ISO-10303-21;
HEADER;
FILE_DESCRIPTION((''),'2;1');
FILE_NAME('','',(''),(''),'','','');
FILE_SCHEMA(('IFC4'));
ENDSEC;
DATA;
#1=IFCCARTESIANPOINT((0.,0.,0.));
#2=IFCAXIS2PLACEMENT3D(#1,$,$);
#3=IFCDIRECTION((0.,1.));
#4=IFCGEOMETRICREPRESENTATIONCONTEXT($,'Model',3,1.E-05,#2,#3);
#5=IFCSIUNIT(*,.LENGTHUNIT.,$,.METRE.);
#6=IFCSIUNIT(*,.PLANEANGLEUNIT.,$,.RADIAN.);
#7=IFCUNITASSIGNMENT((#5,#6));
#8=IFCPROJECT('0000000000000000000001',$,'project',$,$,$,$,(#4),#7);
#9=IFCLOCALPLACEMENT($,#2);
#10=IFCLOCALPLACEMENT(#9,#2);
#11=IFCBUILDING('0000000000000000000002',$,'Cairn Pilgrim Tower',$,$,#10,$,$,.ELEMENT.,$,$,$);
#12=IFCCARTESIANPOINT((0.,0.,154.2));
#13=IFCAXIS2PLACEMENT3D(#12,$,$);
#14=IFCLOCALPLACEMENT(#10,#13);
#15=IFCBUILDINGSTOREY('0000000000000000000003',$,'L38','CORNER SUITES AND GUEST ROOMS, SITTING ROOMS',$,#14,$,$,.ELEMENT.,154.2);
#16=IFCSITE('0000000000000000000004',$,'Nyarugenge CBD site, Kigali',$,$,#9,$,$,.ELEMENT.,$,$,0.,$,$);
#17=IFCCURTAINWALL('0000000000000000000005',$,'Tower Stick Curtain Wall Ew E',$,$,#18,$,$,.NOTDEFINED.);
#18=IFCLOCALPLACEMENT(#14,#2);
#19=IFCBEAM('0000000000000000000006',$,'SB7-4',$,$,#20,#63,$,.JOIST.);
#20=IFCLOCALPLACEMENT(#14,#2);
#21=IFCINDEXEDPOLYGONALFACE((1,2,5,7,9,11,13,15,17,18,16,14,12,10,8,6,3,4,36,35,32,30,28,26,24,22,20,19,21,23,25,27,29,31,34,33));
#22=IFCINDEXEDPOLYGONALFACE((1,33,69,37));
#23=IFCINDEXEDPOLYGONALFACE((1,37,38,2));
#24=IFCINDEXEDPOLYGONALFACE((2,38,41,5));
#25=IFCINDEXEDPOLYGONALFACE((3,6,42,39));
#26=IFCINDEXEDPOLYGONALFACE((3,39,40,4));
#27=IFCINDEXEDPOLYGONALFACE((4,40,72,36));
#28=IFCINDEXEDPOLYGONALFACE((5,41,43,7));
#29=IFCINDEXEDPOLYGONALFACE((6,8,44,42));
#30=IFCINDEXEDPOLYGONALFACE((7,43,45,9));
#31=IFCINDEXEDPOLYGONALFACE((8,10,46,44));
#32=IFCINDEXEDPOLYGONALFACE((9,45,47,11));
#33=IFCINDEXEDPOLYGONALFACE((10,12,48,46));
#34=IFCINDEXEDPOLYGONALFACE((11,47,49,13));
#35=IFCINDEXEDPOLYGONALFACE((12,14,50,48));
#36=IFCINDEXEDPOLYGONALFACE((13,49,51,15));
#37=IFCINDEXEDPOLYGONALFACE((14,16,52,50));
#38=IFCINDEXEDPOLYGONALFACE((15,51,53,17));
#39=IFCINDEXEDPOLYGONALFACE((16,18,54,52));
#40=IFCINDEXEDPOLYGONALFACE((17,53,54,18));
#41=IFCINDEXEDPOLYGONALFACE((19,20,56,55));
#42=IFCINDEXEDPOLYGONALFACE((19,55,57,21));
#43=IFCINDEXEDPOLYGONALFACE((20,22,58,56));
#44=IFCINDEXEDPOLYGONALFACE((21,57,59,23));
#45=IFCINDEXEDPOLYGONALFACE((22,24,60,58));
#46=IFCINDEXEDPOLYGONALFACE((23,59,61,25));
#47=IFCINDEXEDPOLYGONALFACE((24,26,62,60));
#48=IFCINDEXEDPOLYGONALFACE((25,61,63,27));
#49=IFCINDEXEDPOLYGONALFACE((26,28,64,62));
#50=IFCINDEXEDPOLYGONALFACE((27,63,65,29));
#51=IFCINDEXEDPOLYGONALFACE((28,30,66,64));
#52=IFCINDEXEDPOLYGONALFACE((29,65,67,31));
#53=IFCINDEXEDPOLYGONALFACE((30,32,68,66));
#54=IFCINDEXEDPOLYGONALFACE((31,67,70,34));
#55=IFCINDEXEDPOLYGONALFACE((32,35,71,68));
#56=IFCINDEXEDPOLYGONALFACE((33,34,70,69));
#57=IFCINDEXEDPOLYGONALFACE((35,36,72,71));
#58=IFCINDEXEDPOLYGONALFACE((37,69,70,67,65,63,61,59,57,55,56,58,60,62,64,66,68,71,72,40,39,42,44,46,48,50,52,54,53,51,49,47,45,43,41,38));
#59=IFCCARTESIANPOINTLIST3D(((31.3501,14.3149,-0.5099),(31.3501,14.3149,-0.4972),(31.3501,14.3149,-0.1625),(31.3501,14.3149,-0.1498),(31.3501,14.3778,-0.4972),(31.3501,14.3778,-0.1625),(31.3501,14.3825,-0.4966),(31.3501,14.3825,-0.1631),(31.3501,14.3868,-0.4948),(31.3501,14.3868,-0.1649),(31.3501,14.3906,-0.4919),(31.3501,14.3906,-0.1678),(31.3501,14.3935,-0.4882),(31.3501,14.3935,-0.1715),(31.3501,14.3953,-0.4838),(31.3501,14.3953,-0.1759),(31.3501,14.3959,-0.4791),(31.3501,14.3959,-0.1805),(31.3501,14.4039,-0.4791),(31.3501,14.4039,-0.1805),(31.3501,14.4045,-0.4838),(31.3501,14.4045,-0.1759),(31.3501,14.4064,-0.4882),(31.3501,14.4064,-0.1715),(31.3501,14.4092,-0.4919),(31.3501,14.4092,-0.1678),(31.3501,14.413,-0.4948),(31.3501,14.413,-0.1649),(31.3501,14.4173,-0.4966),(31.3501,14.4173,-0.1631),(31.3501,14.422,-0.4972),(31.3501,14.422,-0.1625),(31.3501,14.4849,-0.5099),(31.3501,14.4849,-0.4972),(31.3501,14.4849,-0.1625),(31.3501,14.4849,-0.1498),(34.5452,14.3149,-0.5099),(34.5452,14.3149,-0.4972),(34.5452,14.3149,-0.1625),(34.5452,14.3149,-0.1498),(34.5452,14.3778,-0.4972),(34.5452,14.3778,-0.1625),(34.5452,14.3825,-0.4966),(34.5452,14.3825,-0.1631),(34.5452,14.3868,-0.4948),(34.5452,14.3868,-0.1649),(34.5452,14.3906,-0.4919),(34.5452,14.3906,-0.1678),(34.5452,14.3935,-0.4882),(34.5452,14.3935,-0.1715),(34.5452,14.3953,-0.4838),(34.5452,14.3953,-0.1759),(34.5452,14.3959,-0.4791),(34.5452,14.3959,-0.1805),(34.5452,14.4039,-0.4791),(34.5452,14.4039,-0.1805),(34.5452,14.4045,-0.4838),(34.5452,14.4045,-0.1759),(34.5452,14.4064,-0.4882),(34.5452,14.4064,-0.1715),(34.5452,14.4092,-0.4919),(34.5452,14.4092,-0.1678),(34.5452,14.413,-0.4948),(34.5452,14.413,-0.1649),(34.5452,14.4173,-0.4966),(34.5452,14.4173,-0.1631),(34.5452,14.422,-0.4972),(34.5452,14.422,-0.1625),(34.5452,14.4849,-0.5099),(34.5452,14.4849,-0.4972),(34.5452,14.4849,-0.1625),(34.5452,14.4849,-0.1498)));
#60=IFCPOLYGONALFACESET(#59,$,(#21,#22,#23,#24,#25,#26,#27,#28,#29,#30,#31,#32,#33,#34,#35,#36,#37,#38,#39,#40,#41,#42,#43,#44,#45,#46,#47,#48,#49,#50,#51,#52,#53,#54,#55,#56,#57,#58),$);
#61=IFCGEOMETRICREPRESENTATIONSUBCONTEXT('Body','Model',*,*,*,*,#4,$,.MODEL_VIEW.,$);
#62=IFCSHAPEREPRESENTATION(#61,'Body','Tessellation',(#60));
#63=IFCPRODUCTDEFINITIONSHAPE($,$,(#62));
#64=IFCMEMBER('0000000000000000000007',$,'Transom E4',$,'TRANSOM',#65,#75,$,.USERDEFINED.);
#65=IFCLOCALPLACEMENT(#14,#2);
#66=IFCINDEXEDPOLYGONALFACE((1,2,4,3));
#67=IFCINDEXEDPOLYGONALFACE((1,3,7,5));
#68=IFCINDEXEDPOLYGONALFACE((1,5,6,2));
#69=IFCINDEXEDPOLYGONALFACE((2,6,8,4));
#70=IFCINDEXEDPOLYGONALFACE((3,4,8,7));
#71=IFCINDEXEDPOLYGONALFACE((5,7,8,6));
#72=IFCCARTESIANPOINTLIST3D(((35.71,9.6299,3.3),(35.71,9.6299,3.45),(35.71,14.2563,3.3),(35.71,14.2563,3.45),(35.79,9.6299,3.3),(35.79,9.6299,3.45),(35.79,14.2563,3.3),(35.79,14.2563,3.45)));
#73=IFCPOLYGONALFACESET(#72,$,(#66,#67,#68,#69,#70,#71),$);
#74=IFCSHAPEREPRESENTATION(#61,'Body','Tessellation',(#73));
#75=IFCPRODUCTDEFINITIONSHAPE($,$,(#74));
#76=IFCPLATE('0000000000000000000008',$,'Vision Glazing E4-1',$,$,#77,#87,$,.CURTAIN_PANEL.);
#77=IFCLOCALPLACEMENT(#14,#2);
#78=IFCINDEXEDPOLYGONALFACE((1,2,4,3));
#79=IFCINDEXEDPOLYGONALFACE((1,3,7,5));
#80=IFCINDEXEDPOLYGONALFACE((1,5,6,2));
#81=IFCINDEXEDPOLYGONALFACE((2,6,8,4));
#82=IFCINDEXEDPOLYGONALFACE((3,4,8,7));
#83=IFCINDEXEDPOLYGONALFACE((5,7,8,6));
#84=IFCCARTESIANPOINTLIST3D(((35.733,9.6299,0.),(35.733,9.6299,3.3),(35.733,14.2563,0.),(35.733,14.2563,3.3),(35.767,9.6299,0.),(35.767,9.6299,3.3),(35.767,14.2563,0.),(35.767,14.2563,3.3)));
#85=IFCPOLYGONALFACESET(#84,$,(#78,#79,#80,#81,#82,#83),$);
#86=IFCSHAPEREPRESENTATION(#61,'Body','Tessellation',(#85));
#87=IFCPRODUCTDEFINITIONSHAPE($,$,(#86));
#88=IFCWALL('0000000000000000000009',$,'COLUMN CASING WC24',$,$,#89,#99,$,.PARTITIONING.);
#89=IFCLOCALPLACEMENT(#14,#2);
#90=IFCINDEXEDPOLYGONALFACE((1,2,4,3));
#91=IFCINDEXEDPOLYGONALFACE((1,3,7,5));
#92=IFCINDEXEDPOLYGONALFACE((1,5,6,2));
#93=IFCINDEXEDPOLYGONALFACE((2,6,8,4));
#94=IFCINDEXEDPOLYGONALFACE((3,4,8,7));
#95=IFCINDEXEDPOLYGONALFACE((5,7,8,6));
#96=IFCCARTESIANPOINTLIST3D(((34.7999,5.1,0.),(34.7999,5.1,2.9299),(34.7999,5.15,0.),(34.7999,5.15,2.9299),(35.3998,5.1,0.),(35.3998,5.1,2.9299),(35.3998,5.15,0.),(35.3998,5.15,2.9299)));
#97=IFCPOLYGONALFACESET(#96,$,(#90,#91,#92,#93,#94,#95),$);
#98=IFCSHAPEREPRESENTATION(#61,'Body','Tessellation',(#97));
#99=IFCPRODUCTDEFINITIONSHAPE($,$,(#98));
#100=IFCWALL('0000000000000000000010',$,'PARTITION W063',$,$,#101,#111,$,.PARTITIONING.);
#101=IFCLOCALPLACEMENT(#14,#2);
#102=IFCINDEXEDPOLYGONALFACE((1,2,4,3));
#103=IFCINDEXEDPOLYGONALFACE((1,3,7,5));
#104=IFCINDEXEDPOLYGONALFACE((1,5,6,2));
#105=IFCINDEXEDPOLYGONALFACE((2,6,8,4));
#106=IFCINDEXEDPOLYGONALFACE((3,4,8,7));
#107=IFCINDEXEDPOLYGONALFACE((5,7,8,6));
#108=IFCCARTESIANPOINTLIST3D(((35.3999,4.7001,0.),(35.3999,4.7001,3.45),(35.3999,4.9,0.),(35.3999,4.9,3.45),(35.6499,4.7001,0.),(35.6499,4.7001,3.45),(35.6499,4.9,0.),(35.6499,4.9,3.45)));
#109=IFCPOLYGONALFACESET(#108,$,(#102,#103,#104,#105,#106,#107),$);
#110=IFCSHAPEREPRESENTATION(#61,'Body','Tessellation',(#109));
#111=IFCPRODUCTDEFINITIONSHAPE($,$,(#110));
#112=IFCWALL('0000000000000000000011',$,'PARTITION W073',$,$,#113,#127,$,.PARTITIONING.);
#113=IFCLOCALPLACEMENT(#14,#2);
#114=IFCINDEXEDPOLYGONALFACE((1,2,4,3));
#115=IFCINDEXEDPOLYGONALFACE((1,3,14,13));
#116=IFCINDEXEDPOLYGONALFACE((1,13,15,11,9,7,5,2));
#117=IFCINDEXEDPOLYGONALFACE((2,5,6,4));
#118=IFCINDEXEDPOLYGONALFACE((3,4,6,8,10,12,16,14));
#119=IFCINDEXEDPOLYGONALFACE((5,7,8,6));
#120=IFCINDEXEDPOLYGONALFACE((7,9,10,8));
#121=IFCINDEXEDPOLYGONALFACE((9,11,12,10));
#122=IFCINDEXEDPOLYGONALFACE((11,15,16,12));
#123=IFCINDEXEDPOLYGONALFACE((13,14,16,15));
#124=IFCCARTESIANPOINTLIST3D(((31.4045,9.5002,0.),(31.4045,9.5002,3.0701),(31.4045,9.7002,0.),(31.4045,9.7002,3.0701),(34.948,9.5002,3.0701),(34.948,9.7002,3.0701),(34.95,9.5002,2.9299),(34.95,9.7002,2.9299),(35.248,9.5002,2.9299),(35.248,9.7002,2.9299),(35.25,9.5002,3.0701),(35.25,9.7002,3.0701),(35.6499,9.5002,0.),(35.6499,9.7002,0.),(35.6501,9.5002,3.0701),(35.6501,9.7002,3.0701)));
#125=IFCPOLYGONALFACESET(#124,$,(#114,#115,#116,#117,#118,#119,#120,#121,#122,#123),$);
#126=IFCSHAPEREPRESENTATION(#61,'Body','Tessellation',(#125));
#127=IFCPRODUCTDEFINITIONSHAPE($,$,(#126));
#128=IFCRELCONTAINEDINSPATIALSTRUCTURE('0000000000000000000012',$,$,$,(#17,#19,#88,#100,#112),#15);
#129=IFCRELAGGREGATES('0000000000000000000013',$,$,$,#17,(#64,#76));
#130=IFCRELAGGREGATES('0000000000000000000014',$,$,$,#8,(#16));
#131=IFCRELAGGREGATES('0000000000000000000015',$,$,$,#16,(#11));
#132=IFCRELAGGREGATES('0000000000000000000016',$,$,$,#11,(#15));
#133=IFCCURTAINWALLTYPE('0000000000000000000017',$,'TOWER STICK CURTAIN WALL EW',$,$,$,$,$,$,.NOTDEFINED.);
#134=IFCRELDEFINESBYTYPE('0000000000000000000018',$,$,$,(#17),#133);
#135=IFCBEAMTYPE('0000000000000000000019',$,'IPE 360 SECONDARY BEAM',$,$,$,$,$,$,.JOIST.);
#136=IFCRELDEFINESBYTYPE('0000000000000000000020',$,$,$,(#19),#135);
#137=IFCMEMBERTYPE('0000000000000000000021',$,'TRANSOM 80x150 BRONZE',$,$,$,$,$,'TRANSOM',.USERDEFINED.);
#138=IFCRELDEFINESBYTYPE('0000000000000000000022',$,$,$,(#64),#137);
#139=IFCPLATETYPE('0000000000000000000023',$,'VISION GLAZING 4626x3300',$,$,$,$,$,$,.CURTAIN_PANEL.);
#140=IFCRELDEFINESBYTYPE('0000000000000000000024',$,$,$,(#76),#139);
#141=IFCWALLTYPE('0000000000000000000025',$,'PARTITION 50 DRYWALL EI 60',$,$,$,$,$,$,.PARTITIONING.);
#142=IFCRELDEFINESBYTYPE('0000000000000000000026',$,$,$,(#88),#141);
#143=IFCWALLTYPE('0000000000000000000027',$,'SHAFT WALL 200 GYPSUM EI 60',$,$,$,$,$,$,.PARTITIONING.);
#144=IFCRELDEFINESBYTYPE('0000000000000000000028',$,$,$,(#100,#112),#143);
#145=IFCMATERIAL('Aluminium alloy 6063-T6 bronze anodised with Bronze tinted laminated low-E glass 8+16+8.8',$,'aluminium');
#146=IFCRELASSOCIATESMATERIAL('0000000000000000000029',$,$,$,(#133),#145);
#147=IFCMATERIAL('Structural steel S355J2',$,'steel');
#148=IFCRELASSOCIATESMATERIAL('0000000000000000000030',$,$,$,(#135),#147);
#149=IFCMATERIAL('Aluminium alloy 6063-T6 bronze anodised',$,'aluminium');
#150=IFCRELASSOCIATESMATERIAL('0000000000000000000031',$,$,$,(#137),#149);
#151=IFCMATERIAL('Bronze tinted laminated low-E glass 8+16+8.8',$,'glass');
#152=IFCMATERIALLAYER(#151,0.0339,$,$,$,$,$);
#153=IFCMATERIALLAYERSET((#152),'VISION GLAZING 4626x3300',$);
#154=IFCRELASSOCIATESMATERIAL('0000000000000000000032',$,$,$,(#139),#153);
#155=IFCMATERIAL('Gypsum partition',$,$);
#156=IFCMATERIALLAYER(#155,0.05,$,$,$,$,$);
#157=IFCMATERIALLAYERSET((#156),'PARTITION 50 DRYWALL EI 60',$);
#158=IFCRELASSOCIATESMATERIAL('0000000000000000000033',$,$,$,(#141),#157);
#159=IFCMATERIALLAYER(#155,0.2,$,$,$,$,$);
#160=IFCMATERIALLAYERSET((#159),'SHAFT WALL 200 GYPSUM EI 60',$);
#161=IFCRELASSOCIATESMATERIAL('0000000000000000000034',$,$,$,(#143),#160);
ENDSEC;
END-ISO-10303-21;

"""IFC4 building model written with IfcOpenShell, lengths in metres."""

from ifc_helpers import new_model, si_unit, direction, frame, frame_2d, origin, origin_2d, place, context, subcontext, project, spatial, polyline, rectangle, i_section, outline, extrude, material, layer, layer_set, material_profile, profile_set, type_object, element, aggregate, save


model = new_model("IFC4")

# Units and contexts
model_context = context("Model", 3, precision=1e-05, world=origin(), true_north=direction((0.0, 1.0)))
body_context = subcontext(model_context, "Body", "Model", "MODEL_VIEW")
ifc_project = project(units=[si_unit("LENGTHUNIT", "METRE"), si_unit("PLANEANGLEUNIT", "RADIAN")], contexts=[model_context])

# Site, building, storey
site_placement = place(None, origin())
site = spatial("IfcSite", under=ifc_project, at=site_placement, Name="Nyarugenge CBD site, Kigali", CompositionType="ELEMENT", RefElevation=0.0)
building_placement = place(site_placement, origin())
building = spatial("IfcBuilding", under=site, at=building_placement, Name="Cairn Pilgrim Tower", CompositionType="ELEMENT")
storey_placement = place(building_placement, frame((0.0, 0.0, 154.2)))
storey = spatial("IfcBuildingStorey", under=building, at=storey_placement, Name="L38", Description="CORNER SUITES AND GUEST ROOMS, SITTING ROOMS", CompositionType="ELEMENT", Elevation=154.2)

# Curtain wall
ifc_material_1 = material(Name="Aluminium alloy 6063-T6 bronze anodised with Bronze tinted laminated low-E glass 8+16+8.8", Category="aluminium")
curtain_wall_type_1 = type_object("IfcCurtainWallType", Name="TOWER STICK CURTAIN WALL EW", PredefinedType="NOTDEFINED", material=ifc_material_1)
curtain_wall_1_placement = place(storey_placement, origin())
curtain_wall_1 = element("IfcCurtainWall", 1, at=curtain_wall_1_placement, inside=storey, type_object=curtain_wall_type_1, Name="Tower Stick Curtain Wall Ew E", PredefinedType="NOTDEFINED")
ifc_material_2 = material(Name="Aluminium alloy 6063-T6 bronze anodised", Category="aluminium")

# Beam
ifc_material_3 = material(Name="Structural steel S355J2", Category="steel")
ifc_material_profile_1 = material_profile(ifc_material_3, i_section(OverallWidth=0.1699, OverallDepth=0.3601, WebThickness=0.0081, FlangeThickness=0.0127, FilletRadius=0.0181, at=origin_2d()), Name="IPE 360")
ifc_profile_set_1 = profile_set([ifc_material_profile_1], Name="Structural steel S355J2")
beam_type_1 = type_object("IfcBeamType", Name="IPE 360 SECONDARY BEAM", PredefinedType="JOIST", material=ifc_profile_set_1)
beam_1_placement = place(storey_placement, frame((31.3501, 14.3999, -0.3298), z_axis=(1.0, 0.0, 0.0), x_axis=(0.0, 1.0, 0.0)))
element("IfcBeam", 2, at=beam_1_placement, inside=storey, type_object=beam_type_1, Name="SB7-4", PredefinedType="JOIST", context=body_context, shape_type="SweptSolid", body=[
    extrude(i_section(OverallWidth=0.1699, OverallDepth=0.3601, WebThickness=0.0081, FlangeThickness=0.0127, FilletRadius=0.0181, at=origin_2d()), origin(), (0.0, 0.0, 1.0), 3.1951),
])

# Member
ifc_material_profile_2 = material_profile(ifc_material_2, rectangle(XDim=0.0801, YDim=0.1499, at=origin_2d()), Name="TRANSOM 80x150 BRONZE")
ifc_profile_set_2 = profile_set([ifc_material_profile_2], Name="Aluminium alloy 6063-T6 bronze anodised")
member_type_1 = type_object("IfcMemberType", Name="TRANSOM 80x150 BRONZE", ElementType="TRANSOM", PredefinedType="USERDEFINED", material=ifc_profile_set_2)
member_1_placement = place(storey_placement, frame((35.75, 9.6299, 3.375), z_axis=(0.0, 1.0, 0.0), x_axis=(-1.0, 0.0, 0.0)))
member_1 = element("IfcMember", 3, at=member_1_placement, type_object=member_type_1, Name="Transom E4", ObjectType="TRANSOM", PredefinedType="USERDEFINED", context=body_context, shape_type="SweptSolid", body=[
    extrude(rectangle(XDim=0.0801, YDim=0.1499, at=origin_2d()), origin(), (0.0, 0.0, 1.0), 4.6265),
])

# Plate
ifc_material_4 = material(Name="Bronze tinted laminated low-E glass 8+16+8.8", Category="glass")
ifc_layer_1 = layer(ifc_material_4, 0.0339)
ifc_layer_set_1 = layer_set([ifc_layer_1], Name="VISION GLAZING 4626x3300")
plate_type = type_object("IfcPlateType", Name="VISION GLAZING 4626x3300", PredefinedType="CURTAIN_PANEL", material=ifc_layer_set_1)
plate_placement = place(storey_placement, frame((35.75, 11.9431, 0.0), z_axis=(0.0, 0.0, 1.0), x_axis=(0.0, 1.0, 0.0)))
plate = element("IfcPlate", 4, at=plate_placement, type_object=plate_type, Name="Vision Glazing E4-1", PredefinedType="CURTAIN_PANEL", context=body_context, shape_type="SweptSolid", body=[
    extrude(rectangle(XDim=4.6265, YDim=0.0339, at=origin_2d()), origin(), (0.0, 0.0, 1.0), 3.3),
])
aggregate(curtain_wall_1, [member_1, plate])

# Walls
ifc_material_5 = material(Name="Gypsum partition")
ifc_layer_2 = layer(ifc_material_5, 0.05)
ifc_layer_set_2 = layer_set([ifc_layer_2], Name="PARTITION 50 DRYWALL EI 60")
wall_type_1 = type_object("IfcWallType", Name="PARTITION 50 DRYWALL EI 60", PredefinedType="PARTITIONING", material=ifc_layer_set_2)
wall_1_placement = place(storey_placement, frame((34.8, 5.125, 0.0), z_axis=(0.0, 0.0, 1.0), x_axis=(1.0, 0.0, 0.0)))
element("IfcWall", 5, at=wall_1_placement, inside=storey, type_object=wall_type_1, Name="COLUMN CASING WC24", PredefinedType="PARTITIONING", context=body_context, shape_type="SweptSolid", body=[
    extrude(rectangle(XDim=0.5999, YDim=0.05, at=frame_2d((0.2998, 0.0))), origin(), (0.0, 0.0, 1.0), 2.9299),
])
ifc_layer_3 = layer(ifc_material_5, 0.2)
ifc_layer_set_3 = layer_set([ifc_layer_3], Name="SHAFT WALL 200 GYPSUM EI 60")
wall_type_2 = type_object("IfcWallType", Name="SHAFT WALL 200 GYPSUM EI 60", PredefinedType="PARTITIONING", material=ifc_layer_set_3)
wall_2_placement = place(storey_placement, frame((35.3999, 4.8, 0.0), z_axis=(0.0, 0.0, 1.0), x_axis=(1.0, 0.0, 0.0)))
element("IfcWall", 6, at=wall_2_placement, inside=storey, type_object=wall_type_2, Name="PARTITION W063", PredefinedType="PARTITIONING", context=body_context, shape_type="SweptSolid", body=[
    extrude(rectangle(XDim=0.25, YDim=0.2, at=frame_2d((0.125, 0.0))), origin(), (0.0, 0.0, 1.0), 3.45),
])
wall_3_placement = place(storey_placement, frame((31.4045, 9.6001, 0.0), z_axis=(0.0, 0.0, 1.0), x_axis=(1.0, 0.0, 0.0)))
element("IfcWall", 7, at=wall_3_placement, inside=storey, type_object=wall_type_2, Name="PARTITION W073", PredefinedType="PARTITIONING", context=body_context, shape_type="SweptSolid", body=[
    extrude(outline(polyline([(0.0, 0.0), (4.2454, 0.0), (4.2456, 3.0701), (3.8455, 3.0701), (3.8435, 2.9299), (3.5454, 2.9299), (3.5435, 3.0701), (0.0, 3.0701), (0.0, 0.0)])), frame((0.0, 0.1001, 0.0), z_axis=(0.0, -1.0, 0.0), x_axis=(1.0, 0.0, 0.0)), (0.0, 0.0, 1.0), 0.2),
])

save(model, "model.ifc")
